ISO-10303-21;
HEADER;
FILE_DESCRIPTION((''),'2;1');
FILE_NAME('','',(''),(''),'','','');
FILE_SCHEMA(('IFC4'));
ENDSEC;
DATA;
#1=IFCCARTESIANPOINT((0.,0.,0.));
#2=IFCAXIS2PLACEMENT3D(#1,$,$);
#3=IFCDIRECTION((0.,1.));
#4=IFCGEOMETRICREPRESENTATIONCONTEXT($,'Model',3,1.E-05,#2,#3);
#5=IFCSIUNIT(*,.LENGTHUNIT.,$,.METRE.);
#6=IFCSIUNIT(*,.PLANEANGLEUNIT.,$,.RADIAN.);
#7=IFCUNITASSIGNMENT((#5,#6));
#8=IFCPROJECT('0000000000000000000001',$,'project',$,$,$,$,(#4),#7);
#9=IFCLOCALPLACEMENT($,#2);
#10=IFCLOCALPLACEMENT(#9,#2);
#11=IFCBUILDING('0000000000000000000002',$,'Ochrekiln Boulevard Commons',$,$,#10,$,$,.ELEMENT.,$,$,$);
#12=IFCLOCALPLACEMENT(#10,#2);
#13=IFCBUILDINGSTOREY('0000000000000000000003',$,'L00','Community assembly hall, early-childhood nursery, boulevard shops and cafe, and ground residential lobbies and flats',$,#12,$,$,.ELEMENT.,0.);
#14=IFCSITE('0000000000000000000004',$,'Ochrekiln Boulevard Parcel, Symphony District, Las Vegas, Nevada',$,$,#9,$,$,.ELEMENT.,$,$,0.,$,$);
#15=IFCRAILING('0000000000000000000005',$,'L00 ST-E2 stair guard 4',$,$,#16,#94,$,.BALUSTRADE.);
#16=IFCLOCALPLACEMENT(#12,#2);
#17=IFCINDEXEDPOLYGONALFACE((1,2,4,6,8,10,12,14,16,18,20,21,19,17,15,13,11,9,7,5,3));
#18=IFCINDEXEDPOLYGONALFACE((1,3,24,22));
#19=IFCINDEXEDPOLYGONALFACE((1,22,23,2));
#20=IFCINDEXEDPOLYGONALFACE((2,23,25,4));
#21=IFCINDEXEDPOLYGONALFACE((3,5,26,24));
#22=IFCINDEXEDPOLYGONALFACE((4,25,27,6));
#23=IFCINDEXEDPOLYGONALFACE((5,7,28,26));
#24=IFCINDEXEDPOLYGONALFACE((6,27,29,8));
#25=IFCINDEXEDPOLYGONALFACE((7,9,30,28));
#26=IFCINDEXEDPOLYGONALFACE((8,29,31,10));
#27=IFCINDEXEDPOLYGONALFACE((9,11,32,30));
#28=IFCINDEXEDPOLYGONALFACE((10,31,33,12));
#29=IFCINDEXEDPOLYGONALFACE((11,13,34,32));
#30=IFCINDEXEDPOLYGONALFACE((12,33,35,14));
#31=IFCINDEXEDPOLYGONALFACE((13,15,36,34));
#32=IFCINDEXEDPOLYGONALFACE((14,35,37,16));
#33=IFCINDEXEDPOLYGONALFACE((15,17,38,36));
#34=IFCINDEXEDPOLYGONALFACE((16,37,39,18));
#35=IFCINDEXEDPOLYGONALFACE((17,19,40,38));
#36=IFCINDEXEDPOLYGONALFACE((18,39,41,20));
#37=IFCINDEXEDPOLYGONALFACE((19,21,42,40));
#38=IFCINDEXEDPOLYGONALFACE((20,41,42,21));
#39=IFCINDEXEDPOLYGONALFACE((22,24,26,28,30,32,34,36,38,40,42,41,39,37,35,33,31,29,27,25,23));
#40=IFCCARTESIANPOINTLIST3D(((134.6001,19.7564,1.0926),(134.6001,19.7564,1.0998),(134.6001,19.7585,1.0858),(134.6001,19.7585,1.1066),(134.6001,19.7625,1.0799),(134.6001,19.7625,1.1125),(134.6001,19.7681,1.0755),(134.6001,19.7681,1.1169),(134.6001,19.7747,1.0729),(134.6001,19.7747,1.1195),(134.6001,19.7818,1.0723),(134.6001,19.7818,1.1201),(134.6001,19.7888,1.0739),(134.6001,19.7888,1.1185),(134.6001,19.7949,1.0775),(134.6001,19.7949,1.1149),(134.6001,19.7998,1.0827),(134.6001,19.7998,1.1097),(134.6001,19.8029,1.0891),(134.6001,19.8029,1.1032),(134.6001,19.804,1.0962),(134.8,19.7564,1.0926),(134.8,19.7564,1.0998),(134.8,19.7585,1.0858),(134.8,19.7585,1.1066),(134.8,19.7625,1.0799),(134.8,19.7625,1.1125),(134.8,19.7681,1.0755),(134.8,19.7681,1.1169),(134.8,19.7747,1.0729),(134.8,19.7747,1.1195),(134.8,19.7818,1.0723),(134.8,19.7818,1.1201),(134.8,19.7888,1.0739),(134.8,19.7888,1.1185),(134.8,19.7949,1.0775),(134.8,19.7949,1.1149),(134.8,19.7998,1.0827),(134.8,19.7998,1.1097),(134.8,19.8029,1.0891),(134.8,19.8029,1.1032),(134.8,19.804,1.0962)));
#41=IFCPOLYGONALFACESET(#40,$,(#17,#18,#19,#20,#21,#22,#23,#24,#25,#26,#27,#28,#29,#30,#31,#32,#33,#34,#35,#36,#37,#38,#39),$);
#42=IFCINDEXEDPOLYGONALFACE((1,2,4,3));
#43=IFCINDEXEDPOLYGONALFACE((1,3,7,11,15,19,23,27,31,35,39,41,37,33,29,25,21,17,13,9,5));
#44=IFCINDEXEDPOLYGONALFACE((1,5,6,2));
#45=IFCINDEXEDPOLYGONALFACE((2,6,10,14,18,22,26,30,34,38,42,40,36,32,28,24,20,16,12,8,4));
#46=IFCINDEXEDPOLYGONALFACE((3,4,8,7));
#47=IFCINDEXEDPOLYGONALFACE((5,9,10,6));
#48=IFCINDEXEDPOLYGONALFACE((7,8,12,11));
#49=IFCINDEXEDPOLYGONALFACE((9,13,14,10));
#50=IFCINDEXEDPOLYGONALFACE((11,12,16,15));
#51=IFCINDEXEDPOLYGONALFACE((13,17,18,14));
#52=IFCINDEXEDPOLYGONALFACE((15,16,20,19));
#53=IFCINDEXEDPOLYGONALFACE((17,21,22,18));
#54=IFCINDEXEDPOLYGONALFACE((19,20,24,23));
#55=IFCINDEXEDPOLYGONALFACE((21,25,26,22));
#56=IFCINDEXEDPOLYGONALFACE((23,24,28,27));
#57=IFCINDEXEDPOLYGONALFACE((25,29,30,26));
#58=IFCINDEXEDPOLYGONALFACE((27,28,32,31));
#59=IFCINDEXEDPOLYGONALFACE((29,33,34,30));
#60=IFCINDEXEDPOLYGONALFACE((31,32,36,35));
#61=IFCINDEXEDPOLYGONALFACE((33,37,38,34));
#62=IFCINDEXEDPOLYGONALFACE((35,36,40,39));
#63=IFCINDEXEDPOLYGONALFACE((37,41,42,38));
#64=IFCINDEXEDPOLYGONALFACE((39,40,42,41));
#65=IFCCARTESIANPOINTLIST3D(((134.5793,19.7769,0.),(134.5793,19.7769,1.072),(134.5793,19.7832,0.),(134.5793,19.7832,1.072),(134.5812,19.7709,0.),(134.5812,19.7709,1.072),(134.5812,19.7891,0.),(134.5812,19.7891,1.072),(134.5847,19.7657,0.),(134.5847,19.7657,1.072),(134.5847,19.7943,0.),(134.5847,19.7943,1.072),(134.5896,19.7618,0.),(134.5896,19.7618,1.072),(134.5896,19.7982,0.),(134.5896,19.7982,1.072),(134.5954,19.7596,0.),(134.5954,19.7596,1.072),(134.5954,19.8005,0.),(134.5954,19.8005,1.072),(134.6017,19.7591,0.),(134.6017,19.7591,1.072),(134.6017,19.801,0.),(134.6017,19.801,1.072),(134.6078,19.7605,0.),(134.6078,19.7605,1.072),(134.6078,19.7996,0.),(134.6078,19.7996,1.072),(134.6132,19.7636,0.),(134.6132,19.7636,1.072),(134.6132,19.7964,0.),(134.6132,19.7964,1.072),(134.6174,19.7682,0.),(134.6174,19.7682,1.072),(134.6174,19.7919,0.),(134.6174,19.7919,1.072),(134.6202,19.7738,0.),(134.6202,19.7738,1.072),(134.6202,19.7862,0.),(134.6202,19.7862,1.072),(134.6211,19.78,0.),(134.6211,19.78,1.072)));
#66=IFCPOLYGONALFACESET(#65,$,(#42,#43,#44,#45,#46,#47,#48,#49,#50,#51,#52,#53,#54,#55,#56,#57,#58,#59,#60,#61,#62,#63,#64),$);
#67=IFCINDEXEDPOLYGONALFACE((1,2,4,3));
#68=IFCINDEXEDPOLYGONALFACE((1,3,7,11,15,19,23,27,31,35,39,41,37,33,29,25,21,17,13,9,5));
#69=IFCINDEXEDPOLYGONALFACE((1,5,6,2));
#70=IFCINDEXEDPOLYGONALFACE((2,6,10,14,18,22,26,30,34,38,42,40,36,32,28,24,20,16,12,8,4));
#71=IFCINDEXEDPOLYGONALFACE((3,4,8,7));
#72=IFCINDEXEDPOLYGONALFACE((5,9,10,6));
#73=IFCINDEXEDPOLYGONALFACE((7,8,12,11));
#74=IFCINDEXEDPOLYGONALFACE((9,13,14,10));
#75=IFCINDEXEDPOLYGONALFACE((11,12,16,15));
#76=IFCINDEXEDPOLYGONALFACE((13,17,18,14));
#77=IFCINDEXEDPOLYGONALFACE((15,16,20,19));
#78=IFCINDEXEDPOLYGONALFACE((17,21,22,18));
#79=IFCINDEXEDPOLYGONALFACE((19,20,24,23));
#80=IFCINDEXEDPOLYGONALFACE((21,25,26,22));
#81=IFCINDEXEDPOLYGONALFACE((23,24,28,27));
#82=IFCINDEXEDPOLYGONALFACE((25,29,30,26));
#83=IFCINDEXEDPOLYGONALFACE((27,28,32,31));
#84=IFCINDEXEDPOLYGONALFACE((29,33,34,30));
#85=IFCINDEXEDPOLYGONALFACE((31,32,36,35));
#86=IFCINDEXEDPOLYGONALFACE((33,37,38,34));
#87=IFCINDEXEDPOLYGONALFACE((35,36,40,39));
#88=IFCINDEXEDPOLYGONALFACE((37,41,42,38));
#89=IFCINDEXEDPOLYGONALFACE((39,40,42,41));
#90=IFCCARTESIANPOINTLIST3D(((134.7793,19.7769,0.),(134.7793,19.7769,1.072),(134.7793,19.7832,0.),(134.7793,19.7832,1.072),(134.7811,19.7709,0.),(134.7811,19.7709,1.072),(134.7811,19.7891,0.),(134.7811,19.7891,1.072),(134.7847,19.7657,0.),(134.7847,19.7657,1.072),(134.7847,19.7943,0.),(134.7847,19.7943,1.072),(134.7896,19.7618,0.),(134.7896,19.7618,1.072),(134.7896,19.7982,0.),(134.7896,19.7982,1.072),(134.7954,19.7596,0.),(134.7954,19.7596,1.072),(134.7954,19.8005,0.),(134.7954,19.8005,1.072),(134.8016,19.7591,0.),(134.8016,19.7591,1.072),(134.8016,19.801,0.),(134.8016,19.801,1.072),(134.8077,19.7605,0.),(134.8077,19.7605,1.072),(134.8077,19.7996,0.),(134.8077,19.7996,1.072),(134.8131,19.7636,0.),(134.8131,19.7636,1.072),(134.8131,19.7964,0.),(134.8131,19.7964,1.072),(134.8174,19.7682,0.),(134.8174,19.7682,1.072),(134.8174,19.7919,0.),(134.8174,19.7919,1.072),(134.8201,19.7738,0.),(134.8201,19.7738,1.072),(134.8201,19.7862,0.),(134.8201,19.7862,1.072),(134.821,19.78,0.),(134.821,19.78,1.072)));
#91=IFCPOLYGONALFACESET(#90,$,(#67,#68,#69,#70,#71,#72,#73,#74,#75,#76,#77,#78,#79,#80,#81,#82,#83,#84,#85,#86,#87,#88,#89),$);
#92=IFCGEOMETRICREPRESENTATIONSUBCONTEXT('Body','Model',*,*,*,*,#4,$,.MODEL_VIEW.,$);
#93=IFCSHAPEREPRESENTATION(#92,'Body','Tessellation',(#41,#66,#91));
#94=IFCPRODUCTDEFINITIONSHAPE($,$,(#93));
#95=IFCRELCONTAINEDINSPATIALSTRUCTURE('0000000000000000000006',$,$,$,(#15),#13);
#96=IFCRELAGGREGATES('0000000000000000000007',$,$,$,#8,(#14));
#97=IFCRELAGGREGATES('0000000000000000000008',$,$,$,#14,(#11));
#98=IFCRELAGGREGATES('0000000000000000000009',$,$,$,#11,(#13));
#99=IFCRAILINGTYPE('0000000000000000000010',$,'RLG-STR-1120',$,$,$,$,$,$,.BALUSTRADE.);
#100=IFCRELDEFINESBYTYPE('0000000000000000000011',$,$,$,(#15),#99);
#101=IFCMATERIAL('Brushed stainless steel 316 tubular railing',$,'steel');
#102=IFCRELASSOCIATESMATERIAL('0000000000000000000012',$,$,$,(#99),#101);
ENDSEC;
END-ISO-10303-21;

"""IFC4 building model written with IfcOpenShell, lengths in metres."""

from ifc_helpers import new_model, si_unit, direction, frame, origin, origin_2d, place, context, subcontext, project, spatial, circle, extrude, material, type_object, element, save


model = new_model("IFC4")

# Units and contexts
model_context = context("Model", 3, precision=1e-05, world=origin(), true_north=direction((0.0, 1.0)))
body_context = subcontext(model_context, "Body", "Model", "MODEL_VIEW")
ifc_project = project(units=[si_unit("LENGTHUNIT", "METRE"), si_unit("PLANEANGLEUNIT", "RADIAN")], contexts=[model_context])

# Site, building, storey
site_placement = place(None, origin())
site = spatial("IfcSite", under=ifc_project, at=site_placement, Name="Ochrekiln Boulevard Parcel, Symphony District, Las Vegas, Nevada", CompositionType="ELEMENT", RefElevation=0.0)
building_placement = place(site_placement, origin())
building = spatial("IfcBuilding", under=site, at=building_placement, Name="Ochrekiln Boulevard Commons", CompositionType="ELEMENT")
storey_placement = place(building_placement, origin())
storey = spatial("IfcBuildingStorey", under=building, at=storey_placement, Name="L00", Description="Community assembly hall, early-childhood nursery, boulevard shops and cafe, and ground residential lobbies and flats", CompositionType="ELEMENT", Elevation=0.0)

# Railing
ifc_material_1 = material(Name="Brushed stainless steel 316 tubular railing", Category="steel")
railing_type_1 = type_object("IfcRailingType", Name="RLG-STR-1120", PredefinedType="BALUSTRADE", material=ifc_material_1)
railing_1_placement = place(storey_placement, frame((134.6001, 19.78, 0.0)))
element("IfcRailing", 1, at=railing_1_placement, inside=storey, type_object=railing_type_1, Name="L00 ST-E2 stair guard 4", PredefinedType="BALUSTRADE", context=body_context, shape_type="SweptSolid", body=[
    extrude(circle(Radius=0.0239, at=origin_2d()), frame((0.0, 0.0, 1.0962), z_axis=(1.0, 0.0, 0.0), x_axis=(0.0, 1.0, 0.0)), (0.0, 0.0, 1.0), 0.2),
    extrude(circle(Radius=0.021, at=origin_2d()), origin(), (0.0, 0.0, 1.0), 1.072),
    extrude(circle(Radius=0.021, at=origin_2d()), frame((0.2, 0.0, 0.0)), (0.0, 0.0, 1.0), 1.072),
])

save(model, "model.ifc")
